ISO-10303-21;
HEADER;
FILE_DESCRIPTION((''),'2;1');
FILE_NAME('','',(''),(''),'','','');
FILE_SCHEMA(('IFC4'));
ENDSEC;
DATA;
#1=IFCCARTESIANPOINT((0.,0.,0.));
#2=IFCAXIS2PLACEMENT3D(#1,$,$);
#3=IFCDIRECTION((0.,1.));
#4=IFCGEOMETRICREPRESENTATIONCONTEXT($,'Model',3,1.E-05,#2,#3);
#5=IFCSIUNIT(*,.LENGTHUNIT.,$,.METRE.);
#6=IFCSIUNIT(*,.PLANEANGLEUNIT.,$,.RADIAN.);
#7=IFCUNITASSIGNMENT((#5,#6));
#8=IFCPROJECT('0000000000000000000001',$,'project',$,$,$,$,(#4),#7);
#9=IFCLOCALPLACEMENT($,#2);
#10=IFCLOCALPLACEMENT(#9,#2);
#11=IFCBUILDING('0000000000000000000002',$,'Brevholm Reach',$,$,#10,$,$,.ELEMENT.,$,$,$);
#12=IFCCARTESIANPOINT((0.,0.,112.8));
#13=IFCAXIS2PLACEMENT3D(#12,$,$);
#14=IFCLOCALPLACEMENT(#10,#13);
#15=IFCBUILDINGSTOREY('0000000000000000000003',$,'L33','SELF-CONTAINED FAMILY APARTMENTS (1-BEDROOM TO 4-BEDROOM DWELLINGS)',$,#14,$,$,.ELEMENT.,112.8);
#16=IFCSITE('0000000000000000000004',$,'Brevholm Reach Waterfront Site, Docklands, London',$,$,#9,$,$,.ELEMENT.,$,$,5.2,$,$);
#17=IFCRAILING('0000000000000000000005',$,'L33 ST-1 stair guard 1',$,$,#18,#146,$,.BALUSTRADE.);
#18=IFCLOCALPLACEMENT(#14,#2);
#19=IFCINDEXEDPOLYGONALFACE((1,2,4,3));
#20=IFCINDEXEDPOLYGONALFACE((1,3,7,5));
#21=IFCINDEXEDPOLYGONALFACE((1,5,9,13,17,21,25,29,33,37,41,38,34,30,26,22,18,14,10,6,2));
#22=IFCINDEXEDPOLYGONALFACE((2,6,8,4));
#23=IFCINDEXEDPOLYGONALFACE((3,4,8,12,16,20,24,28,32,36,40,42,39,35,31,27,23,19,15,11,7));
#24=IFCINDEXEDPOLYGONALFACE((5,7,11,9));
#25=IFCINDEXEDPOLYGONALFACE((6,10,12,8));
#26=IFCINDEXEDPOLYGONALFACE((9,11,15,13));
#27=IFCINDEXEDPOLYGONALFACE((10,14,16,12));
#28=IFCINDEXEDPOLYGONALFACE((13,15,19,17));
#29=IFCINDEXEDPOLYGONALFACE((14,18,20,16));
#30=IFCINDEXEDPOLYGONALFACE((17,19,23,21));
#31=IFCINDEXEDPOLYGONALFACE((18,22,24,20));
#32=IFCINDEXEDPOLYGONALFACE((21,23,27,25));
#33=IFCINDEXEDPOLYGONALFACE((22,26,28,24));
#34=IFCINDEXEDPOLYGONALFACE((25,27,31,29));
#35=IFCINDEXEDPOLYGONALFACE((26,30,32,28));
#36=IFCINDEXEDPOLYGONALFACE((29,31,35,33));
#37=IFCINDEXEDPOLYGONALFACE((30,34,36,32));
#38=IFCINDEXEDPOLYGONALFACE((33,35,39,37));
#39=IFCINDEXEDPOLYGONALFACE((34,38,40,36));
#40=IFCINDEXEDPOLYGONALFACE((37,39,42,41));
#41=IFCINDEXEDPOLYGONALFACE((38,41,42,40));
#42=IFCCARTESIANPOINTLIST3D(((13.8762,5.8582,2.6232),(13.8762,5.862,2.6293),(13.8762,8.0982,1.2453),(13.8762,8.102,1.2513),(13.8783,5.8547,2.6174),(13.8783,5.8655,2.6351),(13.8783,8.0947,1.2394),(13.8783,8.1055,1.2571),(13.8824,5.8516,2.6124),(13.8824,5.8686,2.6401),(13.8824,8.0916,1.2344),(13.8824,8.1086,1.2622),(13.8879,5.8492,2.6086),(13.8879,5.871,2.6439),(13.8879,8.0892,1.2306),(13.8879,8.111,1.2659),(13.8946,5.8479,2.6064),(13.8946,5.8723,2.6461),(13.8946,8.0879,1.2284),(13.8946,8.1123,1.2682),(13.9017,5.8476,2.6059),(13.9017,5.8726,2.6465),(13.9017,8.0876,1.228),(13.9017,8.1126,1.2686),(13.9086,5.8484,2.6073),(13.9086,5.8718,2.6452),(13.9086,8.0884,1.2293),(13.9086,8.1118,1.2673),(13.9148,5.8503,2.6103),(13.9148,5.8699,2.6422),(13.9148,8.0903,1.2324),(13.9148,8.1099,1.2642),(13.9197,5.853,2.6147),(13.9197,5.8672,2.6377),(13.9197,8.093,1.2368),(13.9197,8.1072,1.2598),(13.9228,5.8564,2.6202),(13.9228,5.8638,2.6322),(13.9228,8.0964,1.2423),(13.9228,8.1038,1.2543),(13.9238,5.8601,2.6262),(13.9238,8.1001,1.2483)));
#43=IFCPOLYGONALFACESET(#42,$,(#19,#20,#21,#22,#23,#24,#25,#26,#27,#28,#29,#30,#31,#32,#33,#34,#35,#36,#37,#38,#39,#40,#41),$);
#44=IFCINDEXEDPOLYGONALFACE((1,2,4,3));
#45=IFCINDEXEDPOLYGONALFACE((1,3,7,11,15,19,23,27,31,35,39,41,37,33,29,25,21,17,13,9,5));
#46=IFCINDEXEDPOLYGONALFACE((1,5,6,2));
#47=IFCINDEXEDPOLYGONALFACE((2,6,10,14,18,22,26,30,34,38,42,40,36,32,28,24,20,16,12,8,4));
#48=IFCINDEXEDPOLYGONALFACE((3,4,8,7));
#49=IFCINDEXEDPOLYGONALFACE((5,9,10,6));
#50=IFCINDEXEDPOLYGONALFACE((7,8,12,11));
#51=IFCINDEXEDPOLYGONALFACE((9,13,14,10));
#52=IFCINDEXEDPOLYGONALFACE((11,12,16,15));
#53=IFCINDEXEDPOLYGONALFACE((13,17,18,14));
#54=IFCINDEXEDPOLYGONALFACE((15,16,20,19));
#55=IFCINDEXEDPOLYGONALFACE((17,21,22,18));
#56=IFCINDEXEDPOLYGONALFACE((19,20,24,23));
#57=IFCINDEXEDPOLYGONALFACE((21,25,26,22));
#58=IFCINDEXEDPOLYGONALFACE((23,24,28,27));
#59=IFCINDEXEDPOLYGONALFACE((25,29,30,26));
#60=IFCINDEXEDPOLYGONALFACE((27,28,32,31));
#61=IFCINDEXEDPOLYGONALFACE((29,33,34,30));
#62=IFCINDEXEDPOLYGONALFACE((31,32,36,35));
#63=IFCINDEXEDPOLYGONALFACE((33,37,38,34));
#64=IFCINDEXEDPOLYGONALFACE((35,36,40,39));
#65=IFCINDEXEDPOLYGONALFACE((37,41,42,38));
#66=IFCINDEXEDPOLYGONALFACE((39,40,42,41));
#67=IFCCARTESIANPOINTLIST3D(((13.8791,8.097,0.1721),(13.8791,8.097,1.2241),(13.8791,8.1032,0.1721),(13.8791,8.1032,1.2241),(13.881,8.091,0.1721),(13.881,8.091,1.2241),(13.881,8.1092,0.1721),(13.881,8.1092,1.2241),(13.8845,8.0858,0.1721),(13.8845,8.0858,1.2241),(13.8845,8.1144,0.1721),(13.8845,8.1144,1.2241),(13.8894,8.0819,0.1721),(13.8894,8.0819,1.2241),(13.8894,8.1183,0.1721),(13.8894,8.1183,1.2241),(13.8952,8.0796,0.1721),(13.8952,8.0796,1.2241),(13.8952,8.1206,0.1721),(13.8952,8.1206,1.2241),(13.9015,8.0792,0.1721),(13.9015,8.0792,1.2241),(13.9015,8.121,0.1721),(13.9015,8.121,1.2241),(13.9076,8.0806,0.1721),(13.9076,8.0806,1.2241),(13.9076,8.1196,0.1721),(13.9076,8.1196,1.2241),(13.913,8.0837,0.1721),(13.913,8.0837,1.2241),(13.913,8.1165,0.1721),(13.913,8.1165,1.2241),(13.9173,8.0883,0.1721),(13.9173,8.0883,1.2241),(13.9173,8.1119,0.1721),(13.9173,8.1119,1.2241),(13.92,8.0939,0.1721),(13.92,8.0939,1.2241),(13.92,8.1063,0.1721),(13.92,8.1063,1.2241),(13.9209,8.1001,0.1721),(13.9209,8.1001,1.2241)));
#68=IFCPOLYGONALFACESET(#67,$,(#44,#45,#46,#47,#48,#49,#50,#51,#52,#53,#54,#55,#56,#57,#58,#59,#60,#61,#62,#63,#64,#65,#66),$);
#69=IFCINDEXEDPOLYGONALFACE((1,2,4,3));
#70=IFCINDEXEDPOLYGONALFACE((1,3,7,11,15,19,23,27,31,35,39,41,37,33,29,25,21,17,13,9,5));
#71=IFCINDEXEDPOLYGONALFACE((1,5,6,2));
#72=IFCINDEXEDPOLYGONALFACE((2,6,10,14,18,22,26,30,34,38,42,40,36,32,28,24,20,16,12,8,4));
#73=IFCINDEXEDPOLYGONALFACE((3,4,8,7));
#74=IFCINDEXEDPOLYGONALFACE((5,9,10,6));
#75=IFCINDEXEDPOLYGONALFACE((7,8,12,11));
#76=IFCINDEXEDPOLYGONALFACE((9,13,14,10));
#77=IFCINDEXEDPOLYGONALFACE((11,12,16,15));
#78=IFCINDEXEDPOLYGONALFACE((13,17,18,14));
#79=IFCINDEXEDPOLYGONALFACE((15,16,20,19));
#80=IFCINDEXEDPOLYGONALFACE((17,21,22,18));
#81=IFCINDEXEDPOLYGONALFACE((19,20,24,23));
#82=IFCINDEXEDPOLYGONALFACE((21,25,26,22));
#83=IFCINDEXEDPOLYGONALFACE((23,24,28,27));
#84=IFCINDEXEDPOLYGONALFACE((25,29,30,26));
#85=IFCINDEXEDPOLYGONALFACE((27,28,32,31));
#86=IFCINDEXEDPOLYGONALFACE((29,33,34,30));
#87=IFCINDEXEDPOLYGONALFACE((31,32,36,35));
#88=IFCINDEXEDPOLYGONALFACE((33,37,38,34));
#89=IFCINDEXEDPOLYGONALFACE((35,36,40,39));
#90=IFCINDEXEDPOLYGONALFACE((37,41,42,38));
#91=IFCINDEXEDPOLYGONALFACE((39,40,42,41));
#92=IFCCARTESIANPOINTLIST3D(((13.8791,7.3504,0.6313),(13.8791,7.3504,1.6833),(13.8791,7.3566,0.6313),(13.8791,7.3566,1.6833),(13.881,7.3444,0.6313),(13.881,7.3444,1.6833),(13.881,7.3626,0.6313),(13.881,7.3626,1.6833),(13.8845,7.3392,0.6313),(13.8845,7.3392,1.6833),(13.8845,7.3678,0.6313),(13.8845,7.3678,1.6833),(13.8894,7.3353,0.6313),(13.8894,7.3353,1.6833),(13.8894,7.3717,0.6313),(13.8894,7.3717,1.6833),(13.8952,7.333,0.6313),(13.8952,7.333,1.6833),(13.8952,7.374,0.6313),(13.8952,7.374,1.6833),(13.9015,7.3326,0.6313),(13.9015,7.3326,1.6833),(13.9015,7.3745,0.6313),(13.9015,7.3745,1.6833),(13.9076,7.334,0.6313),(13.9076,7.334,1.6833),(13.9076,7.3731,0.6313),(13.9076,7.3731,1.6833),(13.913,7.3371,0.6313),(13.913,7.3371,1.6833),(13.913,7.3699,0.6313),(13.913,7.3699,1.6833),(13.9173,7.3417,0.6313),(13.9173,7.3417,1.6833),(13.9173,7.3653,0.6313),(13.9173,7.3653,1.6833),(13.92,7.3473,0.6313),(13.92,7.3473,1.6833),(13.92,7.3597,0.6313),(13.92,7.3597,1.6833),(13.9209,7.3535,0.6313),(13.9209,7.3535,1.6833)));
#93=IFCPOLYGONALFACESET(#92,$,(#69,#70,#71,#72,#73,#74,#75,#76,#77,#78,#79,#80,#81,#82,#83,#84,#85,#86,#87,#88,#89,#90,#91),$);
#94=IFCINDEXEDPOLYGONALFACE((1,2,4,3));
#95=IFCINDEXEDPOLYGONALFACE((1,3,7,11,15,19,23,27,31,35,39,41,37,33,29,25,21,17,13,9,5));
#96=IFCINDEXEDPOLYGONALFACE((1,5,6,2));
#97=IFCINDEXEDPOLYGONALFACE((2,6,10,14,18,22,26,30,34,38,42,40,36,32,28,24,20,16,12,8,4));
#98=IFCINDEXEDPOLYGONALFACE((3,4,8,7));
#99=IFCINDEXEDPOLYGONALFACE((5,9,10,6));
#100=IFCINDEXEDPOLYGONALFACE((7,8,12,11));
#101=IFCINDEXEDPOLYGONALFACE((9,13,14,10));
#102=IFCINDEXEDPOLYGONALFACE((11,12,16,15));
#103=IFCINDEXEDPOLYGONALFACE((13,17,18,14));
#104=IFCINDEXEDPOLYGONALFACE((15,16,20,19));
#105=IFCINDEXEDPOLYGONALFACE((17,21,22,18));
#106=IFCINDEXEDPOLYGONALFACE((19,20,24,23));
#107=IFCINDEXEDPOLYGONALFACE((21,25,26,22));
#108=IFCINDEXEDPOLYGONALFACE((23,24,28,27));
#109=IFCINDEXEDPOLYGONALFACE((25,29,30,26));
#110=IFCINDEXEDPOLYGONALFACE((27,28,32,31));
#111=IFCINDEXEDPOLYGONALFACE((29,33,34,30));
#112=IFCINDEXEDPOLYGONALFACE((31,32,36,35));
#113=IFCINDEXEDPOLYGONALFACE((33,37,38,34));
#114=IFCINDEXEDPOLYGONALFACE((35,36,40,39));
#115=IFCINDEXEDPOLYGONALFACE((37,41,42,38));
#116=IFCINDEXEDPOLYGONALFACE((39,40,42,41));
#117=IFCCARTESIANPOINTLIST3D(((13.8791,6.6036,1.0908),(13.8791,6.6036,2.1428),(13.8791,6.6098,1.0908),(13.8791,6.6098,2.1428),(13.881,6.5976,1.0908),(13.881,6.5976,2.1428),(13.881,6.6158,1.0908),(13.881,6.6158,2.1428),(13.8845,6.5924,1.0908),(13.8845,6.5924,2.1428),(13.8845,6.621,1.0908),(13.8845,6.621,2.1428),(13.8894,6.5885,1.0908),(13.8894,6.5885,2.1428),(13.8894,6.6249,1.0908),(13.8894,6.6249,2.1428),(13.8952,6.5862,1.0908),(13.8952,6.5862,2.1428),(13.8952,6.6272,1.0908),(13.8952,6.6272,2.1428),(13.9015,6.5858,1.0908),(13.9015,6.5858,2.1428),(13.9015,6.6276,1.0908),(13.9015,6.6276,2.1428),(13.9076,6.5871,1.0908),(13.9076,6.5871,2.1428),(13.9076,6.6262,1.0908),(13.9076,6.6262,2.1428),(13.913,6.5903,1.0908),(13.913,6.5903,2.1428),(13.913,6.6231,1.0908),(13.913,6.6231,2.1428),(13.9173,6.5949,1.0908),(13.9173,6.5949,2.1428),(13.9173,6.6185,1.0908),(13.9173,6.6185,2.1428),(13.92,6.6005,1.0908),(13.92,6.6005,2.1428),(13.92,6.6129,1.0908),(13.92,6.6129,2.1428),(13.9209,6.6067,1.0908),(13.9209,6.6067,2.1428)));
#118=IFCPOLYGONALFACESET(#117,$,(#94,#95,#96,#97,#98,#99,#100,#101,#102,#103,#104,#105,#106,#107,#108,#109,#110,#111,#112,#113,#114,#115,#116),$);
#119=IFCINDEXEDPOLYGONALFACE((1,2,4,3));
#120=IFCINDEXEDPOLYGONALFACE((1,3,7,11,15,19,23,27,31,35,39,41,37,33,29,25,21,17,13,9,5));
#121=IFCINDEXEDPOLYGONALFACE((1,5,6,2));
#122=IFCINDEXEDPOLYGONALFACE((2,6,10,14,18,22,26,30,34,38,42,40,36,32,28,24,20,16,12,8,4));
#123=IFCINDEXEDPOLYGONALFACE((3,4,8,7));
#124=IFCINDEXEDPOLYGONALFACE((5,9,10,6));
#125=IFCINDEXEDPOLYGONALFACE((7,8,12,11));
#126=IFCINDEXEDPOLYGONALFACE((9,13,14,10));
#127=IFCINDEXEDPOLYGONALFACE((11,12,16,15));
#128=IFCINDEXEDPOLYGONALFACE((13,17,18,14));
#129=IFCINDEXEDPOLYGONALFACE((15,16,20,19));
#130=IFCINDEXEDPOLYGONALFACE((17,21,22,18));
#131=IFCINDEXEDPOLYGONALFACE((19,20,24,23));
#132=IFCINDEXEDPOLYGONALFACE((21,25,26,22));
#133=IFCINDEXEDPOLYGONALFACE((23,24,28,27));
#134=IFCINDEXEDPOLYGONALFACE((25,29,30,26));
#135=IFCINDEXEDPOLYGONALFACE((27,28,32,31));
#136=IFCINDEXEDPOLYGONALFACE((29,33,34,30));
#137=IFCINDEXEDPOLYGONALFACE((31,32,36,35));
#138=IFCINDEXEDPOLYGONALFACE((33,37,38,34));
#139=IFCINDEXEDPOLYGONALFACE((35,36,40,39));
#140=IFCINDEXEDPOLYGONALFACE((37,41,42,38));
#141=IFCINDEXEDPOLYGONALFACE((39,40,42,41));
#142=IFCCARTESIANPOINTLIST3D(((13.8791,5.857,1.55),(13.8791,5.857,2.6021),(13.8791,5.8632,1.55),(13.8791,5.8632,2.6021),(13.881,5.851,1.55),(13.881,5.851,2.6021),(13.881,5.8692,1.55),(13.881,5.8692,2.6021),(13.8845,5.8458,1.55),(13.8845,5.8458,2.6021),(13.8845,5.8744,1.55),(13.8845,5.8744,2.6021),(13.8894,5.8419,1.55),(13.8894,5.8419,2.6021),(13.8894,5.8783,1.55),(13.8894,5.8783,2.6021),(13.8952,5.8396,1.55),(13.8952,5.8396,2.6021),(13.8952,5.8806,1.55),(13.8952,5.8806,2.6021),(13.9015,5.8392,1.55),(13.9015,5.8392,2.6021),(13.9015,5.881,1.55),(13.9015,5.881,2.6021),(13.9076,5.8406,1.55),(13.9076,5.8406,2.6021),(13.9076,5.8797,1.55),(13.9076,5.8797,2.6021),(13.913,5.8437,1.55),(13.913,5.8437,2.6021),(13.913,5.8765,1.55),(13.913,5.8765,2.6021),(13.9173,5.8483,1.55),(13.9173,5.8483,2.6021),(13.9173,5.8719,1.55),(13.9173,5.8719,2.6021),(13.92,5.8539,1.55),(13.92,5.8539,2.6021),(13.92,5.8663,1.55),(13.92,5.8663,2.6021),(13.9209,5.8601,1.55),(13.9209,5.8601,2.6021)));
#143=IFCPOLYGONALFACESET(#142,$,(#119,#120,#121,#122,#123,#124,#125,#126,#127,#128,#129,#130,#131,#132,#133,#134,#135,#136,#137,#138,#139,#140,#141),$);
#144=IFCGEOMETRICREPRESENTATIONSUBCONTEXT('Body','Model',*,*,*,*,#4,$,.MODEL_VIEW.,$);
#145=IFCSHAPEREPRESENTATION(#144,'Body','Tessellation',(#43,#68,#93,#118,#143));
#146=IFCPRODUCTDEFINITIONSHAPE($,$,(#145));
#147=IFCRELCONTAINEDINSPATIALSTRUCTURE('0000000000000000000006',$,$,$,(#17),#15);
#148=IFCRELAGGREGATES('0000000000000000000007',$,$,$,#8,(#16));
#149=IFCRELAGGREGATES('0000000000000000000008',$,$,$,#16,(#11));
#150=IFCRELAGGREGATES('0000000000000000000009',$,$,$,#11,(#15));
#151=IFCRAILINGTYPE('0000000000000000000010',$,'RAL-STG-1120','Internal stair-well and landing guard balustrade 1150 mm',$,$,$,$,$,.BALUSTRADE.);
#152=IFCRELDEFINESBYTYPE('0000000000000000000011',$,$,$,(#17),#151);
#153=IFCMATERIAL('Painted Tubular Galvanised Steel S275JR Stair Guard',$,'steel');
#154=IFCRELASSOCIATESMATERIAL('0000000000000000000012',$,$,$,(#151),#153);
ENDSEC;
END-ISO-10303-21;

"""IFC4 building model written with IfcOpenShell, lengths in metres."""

from ifc_helpers import new_model, si_unit, direction, frame, origin, origin_2d, place, context, subcontext, project, spatial, circle, extrude, material, type_object, element, save


model = new_model("IFC4")

# Units and contexts
model_context = context("Model", 3, precision=1e-05, world=origin(), true_north=direction((0.0, 1.0)))
body_context = subcontext(model_context, "Body", "Model", "MODEL_VIEW")
ifc_project = project(units=[si_unit("LENGTHUNIT", "METRE"), si_unit("PLANEANGLEUNIT", "RADIAN")], contexts=[model_context])

# Site, building, storey
site_placement = place(None, origin())
site = spatial("IfcSite", under=ifc_project, at=site_placement, Name="Brevholm Reach Waterfront Site, Docklands, London", CompositionType="ELEMENT", RefElevation=5.2)
building_placement = place(site_placement, origin())
building = spatial("IfcBuilding", under=site, at=building_placement, Name="Brevholm Reach", CompositionType="ELEMENT")
storey_placement = place(building_placement, frame((0.0, 0.0, 112.8)))
storey = spatial("IfcBuildingStorey", under=building, at=storey_placement, Name="L33", Description="SELF-CONTAINED FAMILY APARTMENTS (1-BEDROOM TO 4-BEDROOM DWELLINGS)", CompositionType="ELEMENT", Elevation=112.8)

# Railing
ifc_material_1 = material(Name="Painted Tubular Galvanised Steel S275JR Stair Guard", Category="steel")
railing_type_1 = type_object("IfcRailingType", Name="RAL-STG-1120", Description="Internal stair-well and landing guard balustrade 1150 mm", PredefinedType="BALUSTRADE", material=ifc_material_1)
railing_1_placement = place(storey_placement, frame((13.8999, 8.1001, 0.1721)))
element("IfcRailing", 1, at=railing_1_placement, inside=storey, type_object=railing_type_1, Name="L33 ST-1 stair guard 1", PredefinedType="BALUSTRADE", context=body_context, shape_type="SweptSolid", body=[
    extrude(circle(Radius=0.0239, at=origin_2d()), frame((0.0, 0.0, 1.0762), z_axis=(0.0, -0.851748, 0.523952), x_axis=(1.0, 0.0, 0.0)), (0.0, 0.0, 1.0), 2.6299),
    extrude(circle(Radius=0.021, at=origin_2d()), origin(), (0.0, 0.0, 1.0), 1.052),
    extrude(circle(Radius=0.021, at=origin_2d()), frame((0.0, -0.7466, 0.4592)), (0.0, 0.0, 1.0), 1.052),
    extrude(circle(Radius=0.021, at=origin_2d()), frame((0.0, -1.4934, 0.9187)), (0.0, 0.0, 1.0), 1.052),
    extrude(circle(Radius=0.021, at=origin_2d()), frame((0.0, -2.24, 1.3779)), (0.0, 0.0, 1.0), 1.052),
])

save(model, "model.ifc")
